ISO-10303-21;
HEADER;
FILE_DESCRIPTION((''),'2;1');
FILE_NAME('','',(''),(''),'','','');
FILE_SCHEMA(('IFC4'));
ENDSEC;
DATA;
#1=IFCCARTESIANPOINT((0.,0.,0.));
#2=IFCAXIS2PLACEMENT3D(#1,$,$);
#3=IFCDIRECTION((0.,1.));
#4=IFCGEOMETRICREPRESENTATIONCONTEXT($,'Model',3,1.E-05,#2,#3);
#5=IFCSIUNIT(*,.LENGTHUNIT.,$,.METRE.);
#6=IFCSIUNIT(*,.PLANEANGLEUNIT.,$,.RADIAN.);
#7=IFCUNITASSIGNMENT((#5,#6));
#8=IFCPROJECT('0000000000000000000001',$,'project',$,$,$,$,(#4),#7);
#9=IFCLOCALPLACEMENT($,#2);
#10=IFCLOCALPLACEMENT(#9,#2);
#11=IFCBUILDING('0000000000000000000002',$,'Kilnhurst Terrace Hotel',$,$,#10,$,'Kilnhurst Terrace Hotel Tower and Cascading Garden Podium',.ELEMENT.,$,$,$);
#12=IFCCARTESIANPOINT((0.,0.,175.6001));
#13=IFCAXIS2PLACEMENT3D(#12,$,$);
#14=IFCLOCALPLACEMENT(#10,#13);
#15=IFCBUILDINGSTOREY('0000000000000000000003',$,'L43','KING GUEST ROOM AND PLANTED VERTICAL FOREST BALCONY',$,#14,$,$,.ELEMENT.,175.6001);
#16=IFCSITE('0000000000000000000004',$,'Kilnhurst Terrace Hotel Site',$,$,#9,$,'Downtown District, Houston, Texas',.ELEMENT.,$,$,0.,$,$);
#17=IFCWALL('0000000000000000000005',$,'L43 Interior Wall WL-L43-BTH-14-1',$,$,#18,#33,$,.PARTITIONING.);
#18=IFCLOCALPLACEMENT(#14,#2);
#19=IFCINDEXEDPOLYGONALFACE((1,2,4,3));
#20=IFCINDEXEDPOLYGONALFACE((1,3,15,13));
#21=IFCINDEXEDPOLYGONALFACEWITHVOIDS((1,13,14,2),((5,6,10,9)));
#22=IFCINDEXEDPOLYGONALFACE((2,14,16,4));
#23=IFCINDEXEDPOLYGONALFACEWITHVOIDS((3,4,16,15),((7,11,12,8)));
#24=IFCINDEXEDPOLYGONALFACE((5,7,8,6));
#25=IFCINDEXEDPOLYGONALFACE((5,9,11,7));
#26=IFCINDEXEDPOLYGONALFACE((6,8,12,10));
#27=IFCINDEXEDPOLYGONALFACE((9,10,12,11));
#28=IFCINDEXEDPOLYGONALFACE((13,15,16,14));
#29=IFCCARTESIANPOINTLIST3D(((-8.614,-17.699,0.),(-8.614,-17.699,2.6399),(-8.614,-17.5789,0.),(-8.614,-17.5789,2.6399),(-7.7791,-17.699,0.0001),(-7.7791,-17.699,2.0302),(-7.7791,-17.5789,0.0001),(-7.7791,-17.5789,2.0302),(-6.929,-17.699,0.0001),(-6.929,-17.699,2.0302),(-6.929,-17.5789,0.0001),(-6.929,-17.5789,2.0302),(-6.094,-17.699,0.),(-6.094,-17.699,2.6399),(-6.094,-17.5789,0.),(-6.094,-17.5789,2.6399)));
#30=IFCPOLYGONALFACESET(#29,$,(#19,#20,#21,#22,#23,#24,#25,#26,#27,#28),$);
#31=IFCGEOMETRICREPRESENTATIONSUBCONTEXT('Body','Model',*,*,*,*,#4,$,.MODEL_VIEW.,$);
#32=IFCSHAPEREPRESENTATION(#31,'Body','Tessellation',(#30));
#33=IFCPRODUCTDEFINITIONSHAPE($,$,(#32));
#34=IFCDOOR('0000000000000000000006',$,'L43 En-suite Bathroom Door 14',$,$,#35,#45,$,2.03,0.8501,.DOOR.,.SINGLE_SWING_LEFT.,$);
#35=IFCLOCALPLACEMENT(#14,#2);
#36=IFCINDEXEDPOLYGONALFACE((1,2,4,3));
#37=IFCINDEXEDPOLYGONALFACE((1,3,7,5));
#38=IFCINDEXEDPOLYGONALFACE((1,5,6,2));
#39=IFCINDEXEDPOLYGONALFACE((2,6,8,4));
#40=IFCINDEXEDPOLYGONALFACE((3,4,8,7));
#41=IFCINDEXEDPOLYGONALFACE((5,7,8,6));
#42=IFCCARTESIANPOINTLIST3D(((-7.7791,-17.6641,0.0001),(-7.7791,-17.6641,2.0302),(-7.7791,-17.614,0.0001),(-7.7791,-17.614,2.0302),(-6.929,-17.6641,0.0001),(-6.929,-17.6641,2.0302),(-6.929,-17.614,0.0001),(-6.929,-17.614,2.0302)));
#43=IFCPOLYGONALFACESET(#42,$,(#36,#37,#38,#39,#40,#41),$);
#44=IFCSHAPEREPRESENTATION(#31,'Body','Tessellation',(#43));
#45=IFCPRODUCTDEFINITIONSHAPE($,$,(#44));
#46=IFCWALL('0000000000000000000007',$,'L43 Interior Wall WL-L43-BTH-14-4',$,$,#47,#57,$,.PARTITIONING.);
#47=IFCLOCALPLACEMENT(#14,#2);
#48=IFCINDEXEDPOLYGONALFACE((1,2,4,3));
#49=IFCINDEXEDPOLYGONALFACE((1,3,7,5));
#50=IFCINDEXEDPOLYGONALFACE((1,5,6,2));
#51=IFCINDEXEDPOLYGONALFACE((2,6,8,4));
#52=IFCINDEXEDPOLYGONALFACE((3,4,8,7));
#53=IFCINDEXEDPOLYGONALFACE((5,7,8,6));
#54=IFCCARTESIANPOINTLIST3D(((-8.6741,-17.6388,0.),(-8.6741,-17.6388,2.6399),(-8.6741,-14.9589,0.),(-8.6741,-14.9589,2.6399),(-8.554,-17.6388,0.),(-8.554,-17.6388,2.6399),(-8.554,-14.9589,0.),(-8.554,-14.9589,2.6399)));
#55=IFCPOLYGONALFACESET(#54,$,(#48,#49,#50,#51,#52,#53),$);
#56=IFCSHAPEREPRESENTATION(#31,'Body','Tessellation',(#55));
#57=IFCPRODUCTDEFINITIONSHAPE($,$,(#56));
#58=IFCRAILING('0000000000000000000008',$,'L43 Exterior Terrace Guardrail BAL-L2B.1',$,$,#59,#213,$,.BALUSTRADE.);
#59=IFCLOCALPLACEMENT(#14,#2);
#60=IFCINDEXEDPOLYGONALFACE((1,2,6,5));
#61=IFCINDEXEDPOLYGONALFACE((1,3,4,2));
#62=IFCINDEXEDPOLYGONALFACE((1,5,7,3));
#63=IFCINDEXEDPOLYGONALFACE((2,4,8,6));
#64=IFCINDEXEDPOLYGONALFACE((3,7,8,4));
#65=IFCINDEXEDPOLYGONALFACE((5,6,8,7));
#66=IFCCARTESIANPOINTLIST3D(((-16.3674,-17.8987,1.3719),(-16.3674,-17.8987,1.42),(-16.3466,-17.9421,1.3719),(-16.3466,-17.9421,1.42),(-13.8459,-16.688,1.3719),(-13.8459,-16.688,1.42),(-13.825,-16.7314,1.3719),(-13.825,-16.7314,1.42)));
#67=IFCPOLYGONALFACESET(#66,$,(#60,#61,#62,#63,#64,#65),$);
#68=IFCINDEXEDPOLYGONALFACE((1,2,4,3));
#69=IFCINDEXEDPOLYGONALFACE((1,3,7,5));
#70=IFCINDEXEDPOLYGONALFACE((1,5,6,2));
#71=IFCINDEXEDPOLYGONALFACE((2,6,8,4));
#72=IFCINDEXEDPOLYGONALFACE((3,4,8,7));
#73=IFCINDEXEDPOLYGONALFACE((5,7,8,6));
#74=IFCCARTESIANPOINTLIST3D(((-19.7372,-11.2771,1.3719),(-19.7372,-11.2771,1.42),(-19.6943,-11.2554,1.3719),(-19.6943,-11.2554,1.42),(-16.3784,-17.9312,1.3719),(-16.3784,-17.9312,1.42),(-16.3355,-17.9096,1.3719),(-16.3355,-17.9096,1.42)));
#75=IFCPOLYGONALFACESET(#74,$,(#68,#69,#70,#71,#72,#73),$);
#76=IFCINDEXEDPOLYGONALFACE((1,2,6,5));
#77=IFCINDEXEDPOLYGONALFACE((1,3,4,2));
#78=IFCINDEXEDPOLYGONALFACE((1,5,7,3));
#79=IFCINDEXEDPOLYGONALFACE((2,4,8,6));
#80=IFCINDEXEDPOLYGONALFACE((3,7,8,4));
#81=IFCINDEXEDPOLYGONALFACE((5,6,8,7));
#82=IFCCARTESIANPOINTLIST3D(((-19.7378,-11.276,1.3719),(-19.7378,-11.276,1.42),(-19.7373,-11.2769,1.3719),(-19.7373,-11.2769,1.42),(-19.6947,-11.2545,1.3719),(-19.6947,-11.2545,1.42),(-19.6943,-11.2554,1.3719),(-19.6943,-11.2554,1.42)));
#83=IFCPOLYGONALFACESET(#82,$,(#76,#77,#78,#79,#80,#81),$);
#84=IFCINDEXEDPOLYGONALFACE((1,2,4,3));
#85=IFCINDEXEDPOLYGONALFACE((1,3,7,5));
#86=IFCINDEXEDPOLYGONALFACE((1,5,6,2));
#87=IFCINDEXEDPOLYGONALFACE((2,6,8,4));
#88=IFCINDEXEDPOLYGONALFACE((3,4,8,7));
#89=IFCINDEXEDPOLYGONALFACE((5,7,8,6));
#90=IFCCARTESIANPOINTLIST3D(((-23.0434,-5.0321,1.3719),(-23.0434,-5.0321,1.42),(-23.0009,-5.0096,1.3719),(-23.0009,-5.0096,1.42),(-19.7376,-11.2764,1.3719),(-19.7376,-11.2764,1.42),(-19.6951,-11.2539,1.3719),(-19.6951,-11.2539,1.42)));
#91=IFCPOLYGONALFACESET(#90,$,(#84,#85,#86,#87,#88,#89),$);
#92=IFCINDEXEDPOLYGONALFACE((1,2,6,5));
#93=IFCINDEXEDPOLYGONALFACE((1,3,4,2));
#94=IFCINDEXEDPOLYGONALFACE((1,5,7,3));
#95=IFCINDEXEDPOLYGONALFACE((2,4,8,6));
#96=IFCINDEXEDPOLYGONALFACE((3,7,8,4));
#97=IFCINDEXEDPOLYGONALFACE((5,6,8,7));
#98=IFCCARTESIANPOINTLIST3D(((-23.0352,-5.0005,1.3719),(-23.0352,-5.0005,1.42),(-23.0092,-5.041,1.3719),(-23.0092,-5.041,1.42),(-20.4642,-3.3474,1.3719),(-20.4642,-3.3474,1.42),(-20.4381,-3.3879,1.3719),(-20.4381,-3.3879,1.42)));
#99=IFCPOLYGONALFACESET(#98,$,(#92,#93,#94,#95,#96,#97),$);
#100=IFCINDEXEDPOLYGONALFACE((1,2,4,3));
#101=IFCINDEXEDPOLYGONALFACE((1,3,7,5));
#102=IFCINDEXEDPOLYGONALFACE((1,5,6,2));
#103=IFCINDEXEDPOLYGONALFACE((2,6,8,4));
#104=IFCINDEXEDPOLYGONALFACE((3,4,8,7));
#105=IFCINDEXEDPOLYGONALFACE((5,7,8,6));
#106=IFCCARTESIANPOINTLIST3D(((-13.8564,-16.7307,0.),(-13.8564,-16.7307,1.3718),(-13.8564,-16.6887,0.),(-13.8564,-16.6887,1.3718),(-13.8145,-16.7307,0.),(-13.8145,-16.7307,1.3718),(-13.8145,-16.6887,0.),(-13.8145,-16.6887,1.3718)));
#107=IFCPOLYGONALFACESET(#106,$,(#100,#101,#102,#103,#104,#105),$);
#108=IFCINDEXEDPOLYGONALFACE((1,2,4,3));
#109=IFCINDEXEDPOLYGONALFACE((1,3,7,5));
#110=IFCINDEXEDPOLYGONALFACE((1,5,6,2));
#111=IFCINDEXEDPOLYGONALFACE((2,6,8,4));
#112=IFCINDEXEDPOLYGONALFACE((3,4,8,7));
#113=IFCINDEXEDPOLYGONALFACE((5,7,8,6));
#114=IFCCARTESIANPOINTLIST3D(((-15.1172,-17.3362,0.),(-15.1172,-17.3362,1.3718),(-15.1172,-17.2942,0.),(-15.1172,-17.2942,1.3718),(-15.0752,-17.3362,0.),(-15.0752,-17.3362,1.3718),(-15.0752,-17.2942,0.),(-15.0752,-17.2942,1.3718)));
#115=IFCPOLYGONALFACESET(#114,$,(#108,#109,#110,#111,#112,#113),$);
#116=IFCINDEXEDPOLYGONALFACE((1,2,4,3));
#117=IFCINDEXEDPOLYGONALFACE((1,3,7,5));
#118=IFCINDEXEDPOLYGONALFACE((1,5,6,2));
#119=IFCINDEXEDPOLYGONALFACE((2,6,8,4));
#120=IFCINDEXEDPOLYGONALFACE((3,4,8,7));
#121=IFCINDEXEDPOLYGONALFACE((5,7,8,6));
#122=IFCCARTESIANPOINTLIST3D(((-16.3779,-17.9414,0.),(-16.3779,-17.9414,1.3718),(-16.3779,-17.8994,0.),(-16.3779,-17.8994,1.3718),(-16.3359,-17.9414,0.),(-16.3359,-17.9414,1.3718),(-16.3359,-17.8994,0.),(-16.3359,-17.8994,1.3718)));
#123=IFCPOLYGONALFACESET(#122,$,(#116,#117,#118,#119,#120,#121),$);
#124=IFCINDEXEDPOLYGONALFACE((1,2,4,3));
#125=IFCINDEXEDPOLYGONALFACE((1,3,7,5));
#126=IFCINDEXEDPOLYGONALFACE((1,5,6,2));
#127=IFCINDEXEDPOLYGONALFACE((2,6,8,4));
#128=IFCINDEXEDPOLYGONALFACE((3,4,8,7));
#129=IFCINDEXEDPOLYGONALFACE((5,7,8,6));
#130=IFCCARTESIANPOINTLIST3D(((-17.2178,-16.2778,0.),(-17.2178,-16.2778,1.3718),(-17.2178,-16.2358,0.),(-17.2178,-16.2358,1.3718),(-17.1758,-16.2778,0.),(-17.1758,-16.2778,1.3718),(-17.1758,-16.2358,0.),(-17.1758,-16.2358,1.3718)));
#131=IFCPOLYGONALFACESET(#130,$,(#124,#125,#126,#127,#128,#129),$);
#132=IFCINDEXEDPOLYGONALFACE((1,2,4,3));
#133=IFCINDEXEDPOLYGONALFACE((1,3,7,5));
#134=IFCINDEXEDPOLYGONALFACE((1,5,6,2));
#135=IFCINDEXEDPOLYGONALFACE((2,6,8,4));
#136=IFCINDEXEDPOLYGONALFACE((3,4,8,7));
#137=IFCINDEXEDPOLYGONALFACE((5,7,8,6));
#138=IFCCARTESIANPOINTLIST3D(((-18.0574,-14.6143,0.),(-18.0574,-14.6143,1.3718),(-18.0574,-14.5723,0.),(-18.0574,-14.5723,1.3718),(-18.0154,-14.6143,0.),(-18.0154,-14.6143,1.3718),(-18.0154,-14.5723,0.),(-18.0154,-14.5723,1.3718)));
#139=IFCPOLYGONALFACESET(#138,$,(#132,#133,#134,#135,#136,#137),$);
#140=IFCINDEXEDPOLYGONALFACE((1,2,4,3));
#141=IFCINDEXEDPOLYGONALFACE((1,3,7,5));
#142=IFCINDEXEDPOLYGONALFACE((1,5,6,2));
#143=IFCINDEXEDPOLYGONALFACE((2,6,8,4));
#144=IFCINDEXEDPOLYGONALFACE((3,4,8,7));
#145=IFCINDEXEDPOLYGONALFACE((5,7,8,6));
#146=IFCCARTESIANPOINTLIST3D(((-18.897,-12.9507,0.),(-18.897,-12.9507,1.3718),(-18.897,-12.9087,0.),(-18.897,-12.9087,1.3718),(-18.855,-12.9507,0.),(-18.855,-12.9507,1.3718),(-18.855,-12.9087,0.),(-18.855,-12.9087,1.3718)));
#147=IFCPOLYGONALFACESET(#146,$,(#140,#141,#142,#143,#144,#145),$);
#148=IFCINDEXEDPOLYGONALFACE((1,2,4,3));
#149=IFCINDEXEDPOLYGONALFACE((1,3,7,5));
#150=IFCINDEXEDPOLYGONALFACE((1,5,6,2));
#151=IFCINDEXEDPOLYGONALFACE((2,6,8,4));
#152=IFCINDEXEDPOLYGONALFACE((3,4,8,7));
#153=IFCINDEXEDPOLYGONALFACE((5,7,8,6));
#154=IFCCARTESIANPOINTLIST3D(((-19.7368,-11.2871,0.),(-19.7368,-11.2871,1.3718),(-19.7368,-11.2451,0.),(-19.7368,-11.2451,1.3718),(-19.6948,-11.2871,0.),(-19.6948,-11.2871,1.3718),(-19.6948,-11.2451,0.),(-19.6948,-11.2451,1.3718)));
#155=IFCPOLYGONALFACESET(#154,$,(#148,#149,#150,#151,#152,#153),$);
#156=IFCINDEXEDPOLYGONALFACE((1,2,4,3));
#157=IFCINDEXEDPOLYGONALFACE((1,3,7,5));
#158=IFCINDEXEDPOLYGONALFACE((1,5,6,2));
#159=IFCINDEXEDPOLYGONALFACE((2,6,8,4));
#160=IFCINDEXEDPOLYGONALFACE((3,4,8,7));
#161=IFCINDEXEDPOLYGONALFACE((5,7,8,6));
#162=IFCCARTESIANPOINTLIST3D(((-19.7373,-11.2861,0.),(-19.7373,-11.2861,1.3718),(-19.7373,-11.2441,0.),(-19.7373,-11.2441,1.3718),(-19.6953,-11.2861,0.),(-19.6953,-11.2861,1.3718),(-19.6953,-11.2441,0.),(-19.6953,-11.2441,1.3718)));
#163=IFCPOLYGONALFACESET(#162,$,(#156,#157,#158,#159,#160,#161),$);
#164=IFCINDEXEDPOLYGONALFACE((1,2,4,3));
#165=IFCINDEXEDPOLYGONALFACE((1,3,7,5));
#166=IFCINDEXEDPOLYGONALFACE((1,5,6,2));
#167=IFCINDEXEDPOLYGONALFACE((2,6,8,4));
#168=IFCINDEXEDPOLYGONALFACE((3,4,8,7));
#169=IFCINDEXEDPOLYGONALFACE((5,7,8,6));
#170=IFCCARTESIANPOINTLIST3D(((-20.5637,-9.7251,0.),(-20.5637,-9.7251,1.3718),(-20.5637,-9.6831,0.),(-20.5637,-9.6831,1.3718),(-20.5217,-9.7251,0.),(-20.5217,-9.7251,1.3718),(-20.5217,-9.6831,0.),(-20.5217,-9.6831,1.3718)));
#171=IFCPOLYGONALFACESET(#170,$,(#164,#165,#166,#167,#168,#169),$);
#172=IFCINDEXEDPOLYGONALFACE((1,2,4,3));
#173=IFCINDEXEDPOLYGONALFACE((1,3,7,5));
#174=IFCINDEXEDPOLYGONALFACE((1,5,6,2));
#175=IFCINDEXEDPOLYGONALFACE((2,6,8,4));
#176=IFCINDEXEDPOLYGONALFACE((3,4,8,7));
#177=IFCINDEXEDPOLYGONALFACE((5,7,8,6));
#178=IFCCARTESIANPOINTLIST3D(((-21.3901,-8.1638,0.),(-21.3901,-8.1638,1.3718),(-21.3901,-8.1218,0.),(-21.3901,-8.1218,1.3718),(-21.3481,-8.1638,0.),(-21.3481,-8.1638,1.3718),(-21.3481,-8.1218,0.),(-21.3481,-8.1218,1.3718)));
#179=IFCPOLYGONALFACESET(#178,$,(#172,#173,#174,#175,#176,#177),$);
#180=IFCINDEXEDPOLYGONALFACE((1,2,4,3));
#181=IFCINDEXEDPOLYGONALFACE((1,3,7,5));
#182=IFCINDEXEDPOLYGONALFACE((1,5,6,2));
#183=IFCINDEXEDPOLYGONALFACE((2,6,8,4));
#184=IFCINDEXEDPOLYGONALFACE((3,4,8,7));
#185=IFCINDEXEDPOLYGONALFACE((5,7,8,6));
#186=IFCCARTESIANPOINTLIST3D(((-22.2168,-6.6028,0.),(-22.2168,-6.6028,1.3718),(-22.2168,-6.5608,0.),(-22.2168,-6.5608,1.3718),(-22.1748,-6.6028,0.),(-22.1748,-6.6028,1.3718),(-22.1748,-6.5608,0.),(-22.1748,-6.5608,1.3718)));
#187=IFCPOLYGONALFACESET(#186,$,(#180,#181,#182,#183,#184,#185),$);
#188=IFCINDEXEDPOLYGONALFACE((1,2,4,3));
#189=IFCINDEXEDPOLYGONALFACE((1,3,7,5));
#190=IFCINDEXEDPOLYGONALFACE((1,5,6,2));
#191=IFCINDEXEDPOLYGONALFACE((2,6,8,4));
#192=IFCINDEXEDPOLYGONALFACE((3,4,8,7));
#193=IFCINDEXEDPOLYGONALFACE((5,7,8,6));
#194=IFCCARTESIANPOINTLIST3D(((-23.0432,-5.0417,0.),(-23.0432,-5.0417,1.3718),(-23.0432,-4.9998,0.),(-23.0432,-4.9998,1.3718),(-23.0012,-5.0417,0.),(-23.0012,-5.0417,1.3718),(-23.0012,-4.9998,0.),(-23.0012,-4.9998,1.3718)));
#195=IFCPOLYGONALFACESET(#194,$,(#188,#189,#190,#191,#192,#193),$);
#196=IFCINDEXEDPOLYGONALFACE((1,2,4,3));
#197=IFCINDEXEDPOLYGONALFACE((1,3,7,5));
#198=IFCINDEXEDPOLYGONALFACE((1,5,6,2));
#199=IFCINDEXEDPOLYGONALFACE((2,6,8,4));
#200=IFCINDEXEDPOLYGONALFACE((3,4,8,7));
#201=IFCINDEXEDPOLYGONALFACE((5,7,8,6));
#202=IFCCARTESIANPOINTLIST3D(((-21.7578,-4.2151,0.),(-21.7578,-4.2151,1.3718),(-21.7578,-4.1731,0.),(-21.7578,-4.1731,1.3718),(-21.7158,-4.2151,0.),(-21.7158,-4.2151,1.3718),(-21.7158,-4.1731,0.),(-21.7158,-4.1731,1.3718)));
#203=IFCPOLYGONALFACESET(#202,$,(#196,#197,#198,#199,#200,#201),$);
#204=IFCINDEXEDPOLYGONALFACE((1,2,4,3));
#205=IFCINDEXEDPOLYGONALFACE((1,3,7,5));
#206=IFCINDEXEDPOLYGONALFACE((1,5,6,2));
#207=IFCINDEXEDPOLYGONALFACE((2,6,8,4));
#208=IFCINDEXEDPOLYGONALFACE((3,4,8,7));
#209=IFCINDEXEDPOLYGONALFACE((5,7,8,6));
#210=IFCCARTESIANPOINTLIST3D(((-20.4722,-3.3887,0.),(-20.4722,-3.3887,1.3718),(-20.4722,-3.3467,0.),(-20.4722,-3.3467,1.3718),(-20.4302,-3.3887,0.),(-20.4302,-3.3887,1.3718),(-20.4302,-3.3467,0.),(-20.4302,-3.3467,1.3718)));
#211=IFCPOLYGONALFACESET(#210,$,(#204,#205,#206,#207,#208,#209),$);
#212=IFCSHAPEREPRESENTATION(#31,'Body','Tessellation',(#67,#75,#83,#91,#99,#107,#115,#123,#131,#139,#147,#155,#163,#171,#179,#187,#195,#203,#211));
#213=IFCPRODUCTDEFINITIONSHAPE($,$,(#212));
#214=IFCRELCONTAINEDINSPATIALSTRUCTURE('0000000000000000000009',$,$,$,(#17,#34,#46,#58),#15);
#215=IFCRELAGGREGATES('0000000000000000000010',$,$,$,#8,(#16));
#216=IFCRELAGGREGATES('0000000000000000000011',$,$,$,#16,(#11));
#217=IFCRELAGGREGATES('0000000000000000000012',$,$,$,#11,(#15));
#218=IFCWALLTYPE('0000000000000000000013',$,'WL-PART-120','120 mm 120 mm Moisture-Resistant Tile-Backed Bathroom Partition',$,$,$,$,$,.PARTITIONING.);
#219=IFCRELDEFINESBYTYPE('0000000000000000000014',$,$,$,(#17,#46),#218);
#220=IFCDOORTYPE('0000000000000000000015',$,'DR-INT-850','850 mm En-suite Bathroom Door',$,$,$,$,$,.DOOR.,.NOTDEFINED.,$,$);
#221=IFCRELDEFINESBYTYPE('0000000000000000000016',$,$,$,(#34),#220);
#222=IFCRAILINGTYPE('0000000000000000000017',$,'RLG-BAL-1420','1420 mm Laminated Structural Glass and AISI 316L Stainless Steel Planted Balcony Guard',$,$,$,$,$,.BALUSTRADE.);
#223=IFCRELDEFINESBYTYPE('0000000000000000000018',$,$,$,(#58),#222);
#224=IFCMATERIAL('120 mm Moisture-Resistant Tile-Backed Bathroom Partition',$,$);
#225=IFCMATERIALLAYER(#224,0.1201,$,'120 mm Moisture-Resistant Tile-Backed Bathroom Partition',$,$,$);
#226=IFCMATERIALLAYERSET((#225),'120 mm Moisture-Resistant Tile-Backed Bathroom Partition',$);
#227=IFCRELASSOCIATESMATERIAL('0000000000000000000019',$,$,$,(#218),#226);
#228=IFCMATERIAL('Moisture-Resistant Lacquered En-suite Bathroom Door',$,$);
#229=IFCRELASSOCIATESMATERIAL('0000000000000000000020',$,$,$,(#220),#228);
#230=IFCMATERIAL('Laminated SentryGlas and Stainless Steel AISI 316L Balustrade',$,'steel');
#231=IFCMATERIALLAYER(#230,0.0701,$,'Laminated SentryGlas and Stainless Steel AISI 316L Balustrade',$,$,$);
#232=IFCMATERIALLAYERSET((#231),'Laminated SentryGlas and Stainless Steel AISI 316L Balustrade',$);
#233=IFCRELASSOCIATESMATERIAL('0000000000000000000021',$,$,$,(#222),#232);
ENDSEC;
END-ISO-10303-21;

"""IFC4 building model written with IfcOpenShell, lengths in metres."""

from ifc_helpers import new_model, si_unit, direction, frame, frame_2d, origin, origin_2d, place, context, subcontext, project, spatial, rectangle, extrude, material, layer, layer_set, type_object, element, fill, save


model = new_model("IFC4")

# Units and contexts
model_context = context("Model", 3, precision=1e-05, world=origin(), true_north=direction((0.0, 1.0)))
body_context = subcontext(model_context, "Body", "Model", "MODEL_VIEW")
ifc_project = project(units=[si_unit("LENGTHUNIT", "METRE"), si_unit("PLANEANGLEUNIT", "RADIAN")], contexts=[model_context])

# Site, building, storey
site_placement = place(None, origin())
site = spatial("IfcSite", under=ifc_project, at=site_placement, Name="Kilnhurst Terrace Hotel Site", LongName="Downtown District, Houston, Texas", CompositionType="ELEMENT", RefElevation=0.0)
building_placement = place(site_placement, origin())
building = spatial("IfcBuilding", under=site, at=building_placement, Name="Kilnhurst Terrace Hotel", LongName="Kilnhurst Terrace Hotel Tower and Cascading Garden Podium", CompositionType="ELEMENT")
storey_placement = place(building_placement, frame((0.0, 0.0, 175.6001)))
storey = spatial("IfcBuildingStorey", under=building, at=storey_placement, Name="L43", Description="KING GUEST ROOM AND PLANTED VERTICAL FOREST BALCONY", CompositionType="ELEMENT", Elevation=175.6001)

# Wall, opening, door
ifc_material_1 = material(Name="120 mm Moisture-Resistant Tile-Backed Bathroom Partition")
ifc_layer_1 = layer(ifc_material_1, 0.1201, Name="120 mm Moisture-Resistant Tile-Backed Bathroom Partition")
ifc_layer_set_1 = layer_set([ifc_layer_1], Name="120 mm Moisture-Resistant Tile-Backed Bathroom Partition")
wall_type_1 = type_object("IfcWallType", Name="WL-PART-120", Description="120 mm 120 mm Moisture-Resistant Tile-Backed Bathroom Partition", PredefinedType="PARTITIONING", material=ifc_layer_set_1)
wall_1_placement = place(storey_placement, frame((-8.614, -17.6389, 0.0), z_axis=(0.0, 0.0, 1.0), x_axis=(1.0, 0.0, 0.0)))
wall_1 = element("IfcWall", 1, at=wall_1_placement, inside=storey, type_object=wall_type_1, Name="L43 Interior Wall WL-L43-BTH-14-1", PredefinedType="PARTITIONING", context=body_context, shape_type="SweptSolid", body=[
    extrude(rectangle(XDim=2.52, YDim=0.1201, at=frame_2d((1.26, 0.0))), origin(), (0.0, 0.0, 1.0), 2.6399),
])
opening_1_placement = place(wall_1_placement, frame((0.835, 0.0, 0.0)))
opening_1 = element("IfcOpeningElement", 2, at=opening_1_placement, cuts=wall_1, PredefinedType="OPENING", context=body_context, shape_type="SweptSolid", body=[
    extrude(rectangle(XDim=0.8501, YDim=2.03, at=frame_2d((0.425, 1.0151))), frame((0.0, 0.0701, 0.0), z_axis=(0.0, -1.0, 0.0), x_axis=(1.0, 0.0, 0.0)), (0.0, 0.0, 1.0), 0.1401),
])
ifc_material_2 = material(Name="Moisture-Resistant Lacquered En-suite Bathroom Door")
door_type_1 = type_object("IfcDoorType", Name="DR-INT-850", Description="850 mm En-suite Bathroom Door", OperationType="NOTDEFINED", PredefinedType="DOOR", material=ifc_material_2)
door_1_placement = place(opening_1_placement, origin())
door_1 = element("IfcDoor", 3, at=door_1_placement, inside=storey, type_object=door_type_1, Name="L43 En-suite Bathroom Door 14", OperationType="SINGLE_SWING_LEFT", OverallHeight=2.03, OverallWidth=0.8501, PredefinedType="DOOR", context=body_context, shape_type="SweptSolid", body=[
    extrude(rectangle(XDim=0.8501, YDim=2.03, at=frame_2d((0.425, 1.0151))), frame((0.0, 0.0249, 0.0), z_axis=(0.0, -1.0, 0.0), x_axis=(1.0, 0.0, 0.0)), (0.0, 0.0, 1.0), 0.05),
])
fill(opening_1, door_1)

# Wall
wall_2_placement = place(storey_placement, frame((-8.614, -14.959, 0.0), z_axis=(0.0, 0.0, 1.0), x_axis=(0.0, -1.0, 0.0)))
element("IfcWall", 4, at=wall_2_placement, inside=storey, type_object=wall_type_1, Name="L43 Interior Wall WL-L43-BTH-14-4", PredefinedType="PARTITIONING", context=body_context, shape_type="SweptSolid", body=[
    extrude(rectangle(XDim=2.6799, YDim=0.1201, at=frame_2d((1.3398, 0.0))), origin(), (0.0, 0.0, 1.0), 2.6399),
])

# Railing
ifc_material_3 = material(Name="Laminated SentryGlas and Stainless Steel AISI 316L Balustrade", Category="steel")
ifc_layer_2 = layer(ifc_material_3, 0.0701, Name="Laminated SentryGlas and Stainless Steel AISI 316L Balustrade")
ifc_layer_set_2 = layer_set([ifc_layer_2], Name="Laminated SentryGlas and Stainless Steel AISI 316L Balustrade")
railing_type = type_object("IfcRailingType", Name="RLG-BAL-1420", Description="1420 mm Laminated Structural Glass and AISI 316L Stainless Steel Planted Balcony Guard", PredefinedType="BALUSTRADE", material=ifc_layer_set_2)
railing_placement = place(storey_placement, frame((-13.8354, -16.7097, 0.0)))
element("IfcRailing", 5, at=railing_placement, inside=storey, type_object=railing_type, Name="L43 Exterior Terrace Guardrail BAL-L2B.1", PredefinedType="BALUSTRADE", context=body_context, shape_type="SweptSolid", body=[
    extrude(rectangle(XDim=0.0481, YDim=0.0481, at=origin_2d()), frame((0.0, 0.0, 1.396), z_axis=(-0.90147, -0.432842, 0.0), x_axis=(0.432842, -0.90147, 0.0)), (0.0, 0.0, 1.0), 2.7971),
    extrude(rectangle(XDim=0.0481, YDim=0.0481, at=origin_2d()), frame((-2.5215, -1.2107, 1.396), z_axis=(-0.450617, 0.892718, 0.0), x_axis=(-0.892718, -0.450617, 0.0)), (0.0, 0.0, 1.0), 7.4539),
    extrude(rectangle(XDim=0.0481, YDim=0.0481, at=origin_2d()), frame((-5.8804, 5.4436, 1.396), z_axis=(-0.447214, 0.894427, 0.0), x_axis=(-0.894427, -0.447214, 0.0)), (0.0, 0.0, 1.0), 0.001),
    extrude(rectangle(XDim=0.0481, YDim=0.0481, at=origin_2d()), frame((-5.8809, 5.4446, 1.396), z_axis=(-0.467894, 0.883785, 0.0), x_axis=(-0.883785, -0.467894, 0.0)), (0.0, 0.0, 1.0), 7.0654),
    extrude(rectangle(XDim=0.0481, YDim=0.0481, at=origin_2d()), frame((-9.1868, 11.689, 1.396), z_axis=(0.84114, 0.540818, 0.0), x_axis=(-0.540818, 0.84114, 0.0)), (0.0, 0.0, 1.0), 3.0566),
    extrude(rectangle(XDim=0.042, YDim=0.042, at=origin_2d()), origin(), (0.0, 0.0, 1.0), 1.3718),
    extrude(rectangle(XDim=0.042, YDim=0.042, at=origin_2d()), frame((-1.2607, -0.6055, 0.0)), (0.0, 0.0, 1.0), 1.3718),
    extrude(rectangle(XDim=0.042, YDim=0.042, at=origin_2d()), frame((-2.5215, -1.2107, 0.0)), (0.0, 0.0, 1.0), 1.3718),
    extrude(rectangle(XDim=0.042, YDim=0.042, at=origin_2d()), frame((-3.3613, 0.4529, 0.0)), (0.0, 0.0, 1.0), 1.3718),
    extrude(rectangle(XDim=0.042, YDim=0.042, at=origin_2d()), frame((-4.2009, 2.1165, 0.0)), (0.0, 0.0, 1.0), 1.3718),
    extrude(rectangle(XDim=0.042, YDim=0.042, at=origin_2d()), frame((-5.0405, 3.78, 0.0)), (0.0, 0.0, 1.0), 1.3718),
    extrude(rectangle(XDim=0.042, YDim=0.042, at=origin_2d()), frame((-5.8804, 5.4436, 0.0)), (0.0, 0.0, 1.0), 1.3718),
    extrude(rectangle(XDim=0.042, YDim=0.042, at=origin_2d()), frame((-5.8809, 5.4446, 0.0)), (0.0, 0.0, 1.0), 1.3718),
    extrude(rectangle(XDim=0.042, YDim=0.042, at=origin_2d()), frame((-6.7073, 7.0056, 0.0)), (0.0, 0.0, 1.0), 1.3718),
    extrude(rectangle(XDim=0.042, YDim=0.042, at=origin_2d()), frame((-7.5337, 8.5669, 0.0)), (0.0, 0.0, 1.0), 1.3718),
    extrude(rectangle(XDim=0.042, YDim=0.042, at=origin_2d()), frame((-8.3604, 10.1279, 0.0)), (0.0, 0.0, 1.0), 1.3718),
    extrude(rectangle(XDim=0.042, YDim=0.042, at=origin_2d()), frame((-9.1868, 11.689, 0.0)), (0.0, 0.0, 1.0), 1.3718),
    extrude(rectangle(XDim=0.042, YDim=0.042, at=origin_2d()), frame((-7.9014, 12.5156, 0.0)), (0.0, 0.0, 1.0), 1.3718),
    extrude(rectangle(XDim=0.042, YDim=0.042, at=origin_2d()), frame((-6.6157, 13.342, 0.0)), (0.0, 0.0, 1.0), 1.3718),
])

save(model, "model.ifc")
